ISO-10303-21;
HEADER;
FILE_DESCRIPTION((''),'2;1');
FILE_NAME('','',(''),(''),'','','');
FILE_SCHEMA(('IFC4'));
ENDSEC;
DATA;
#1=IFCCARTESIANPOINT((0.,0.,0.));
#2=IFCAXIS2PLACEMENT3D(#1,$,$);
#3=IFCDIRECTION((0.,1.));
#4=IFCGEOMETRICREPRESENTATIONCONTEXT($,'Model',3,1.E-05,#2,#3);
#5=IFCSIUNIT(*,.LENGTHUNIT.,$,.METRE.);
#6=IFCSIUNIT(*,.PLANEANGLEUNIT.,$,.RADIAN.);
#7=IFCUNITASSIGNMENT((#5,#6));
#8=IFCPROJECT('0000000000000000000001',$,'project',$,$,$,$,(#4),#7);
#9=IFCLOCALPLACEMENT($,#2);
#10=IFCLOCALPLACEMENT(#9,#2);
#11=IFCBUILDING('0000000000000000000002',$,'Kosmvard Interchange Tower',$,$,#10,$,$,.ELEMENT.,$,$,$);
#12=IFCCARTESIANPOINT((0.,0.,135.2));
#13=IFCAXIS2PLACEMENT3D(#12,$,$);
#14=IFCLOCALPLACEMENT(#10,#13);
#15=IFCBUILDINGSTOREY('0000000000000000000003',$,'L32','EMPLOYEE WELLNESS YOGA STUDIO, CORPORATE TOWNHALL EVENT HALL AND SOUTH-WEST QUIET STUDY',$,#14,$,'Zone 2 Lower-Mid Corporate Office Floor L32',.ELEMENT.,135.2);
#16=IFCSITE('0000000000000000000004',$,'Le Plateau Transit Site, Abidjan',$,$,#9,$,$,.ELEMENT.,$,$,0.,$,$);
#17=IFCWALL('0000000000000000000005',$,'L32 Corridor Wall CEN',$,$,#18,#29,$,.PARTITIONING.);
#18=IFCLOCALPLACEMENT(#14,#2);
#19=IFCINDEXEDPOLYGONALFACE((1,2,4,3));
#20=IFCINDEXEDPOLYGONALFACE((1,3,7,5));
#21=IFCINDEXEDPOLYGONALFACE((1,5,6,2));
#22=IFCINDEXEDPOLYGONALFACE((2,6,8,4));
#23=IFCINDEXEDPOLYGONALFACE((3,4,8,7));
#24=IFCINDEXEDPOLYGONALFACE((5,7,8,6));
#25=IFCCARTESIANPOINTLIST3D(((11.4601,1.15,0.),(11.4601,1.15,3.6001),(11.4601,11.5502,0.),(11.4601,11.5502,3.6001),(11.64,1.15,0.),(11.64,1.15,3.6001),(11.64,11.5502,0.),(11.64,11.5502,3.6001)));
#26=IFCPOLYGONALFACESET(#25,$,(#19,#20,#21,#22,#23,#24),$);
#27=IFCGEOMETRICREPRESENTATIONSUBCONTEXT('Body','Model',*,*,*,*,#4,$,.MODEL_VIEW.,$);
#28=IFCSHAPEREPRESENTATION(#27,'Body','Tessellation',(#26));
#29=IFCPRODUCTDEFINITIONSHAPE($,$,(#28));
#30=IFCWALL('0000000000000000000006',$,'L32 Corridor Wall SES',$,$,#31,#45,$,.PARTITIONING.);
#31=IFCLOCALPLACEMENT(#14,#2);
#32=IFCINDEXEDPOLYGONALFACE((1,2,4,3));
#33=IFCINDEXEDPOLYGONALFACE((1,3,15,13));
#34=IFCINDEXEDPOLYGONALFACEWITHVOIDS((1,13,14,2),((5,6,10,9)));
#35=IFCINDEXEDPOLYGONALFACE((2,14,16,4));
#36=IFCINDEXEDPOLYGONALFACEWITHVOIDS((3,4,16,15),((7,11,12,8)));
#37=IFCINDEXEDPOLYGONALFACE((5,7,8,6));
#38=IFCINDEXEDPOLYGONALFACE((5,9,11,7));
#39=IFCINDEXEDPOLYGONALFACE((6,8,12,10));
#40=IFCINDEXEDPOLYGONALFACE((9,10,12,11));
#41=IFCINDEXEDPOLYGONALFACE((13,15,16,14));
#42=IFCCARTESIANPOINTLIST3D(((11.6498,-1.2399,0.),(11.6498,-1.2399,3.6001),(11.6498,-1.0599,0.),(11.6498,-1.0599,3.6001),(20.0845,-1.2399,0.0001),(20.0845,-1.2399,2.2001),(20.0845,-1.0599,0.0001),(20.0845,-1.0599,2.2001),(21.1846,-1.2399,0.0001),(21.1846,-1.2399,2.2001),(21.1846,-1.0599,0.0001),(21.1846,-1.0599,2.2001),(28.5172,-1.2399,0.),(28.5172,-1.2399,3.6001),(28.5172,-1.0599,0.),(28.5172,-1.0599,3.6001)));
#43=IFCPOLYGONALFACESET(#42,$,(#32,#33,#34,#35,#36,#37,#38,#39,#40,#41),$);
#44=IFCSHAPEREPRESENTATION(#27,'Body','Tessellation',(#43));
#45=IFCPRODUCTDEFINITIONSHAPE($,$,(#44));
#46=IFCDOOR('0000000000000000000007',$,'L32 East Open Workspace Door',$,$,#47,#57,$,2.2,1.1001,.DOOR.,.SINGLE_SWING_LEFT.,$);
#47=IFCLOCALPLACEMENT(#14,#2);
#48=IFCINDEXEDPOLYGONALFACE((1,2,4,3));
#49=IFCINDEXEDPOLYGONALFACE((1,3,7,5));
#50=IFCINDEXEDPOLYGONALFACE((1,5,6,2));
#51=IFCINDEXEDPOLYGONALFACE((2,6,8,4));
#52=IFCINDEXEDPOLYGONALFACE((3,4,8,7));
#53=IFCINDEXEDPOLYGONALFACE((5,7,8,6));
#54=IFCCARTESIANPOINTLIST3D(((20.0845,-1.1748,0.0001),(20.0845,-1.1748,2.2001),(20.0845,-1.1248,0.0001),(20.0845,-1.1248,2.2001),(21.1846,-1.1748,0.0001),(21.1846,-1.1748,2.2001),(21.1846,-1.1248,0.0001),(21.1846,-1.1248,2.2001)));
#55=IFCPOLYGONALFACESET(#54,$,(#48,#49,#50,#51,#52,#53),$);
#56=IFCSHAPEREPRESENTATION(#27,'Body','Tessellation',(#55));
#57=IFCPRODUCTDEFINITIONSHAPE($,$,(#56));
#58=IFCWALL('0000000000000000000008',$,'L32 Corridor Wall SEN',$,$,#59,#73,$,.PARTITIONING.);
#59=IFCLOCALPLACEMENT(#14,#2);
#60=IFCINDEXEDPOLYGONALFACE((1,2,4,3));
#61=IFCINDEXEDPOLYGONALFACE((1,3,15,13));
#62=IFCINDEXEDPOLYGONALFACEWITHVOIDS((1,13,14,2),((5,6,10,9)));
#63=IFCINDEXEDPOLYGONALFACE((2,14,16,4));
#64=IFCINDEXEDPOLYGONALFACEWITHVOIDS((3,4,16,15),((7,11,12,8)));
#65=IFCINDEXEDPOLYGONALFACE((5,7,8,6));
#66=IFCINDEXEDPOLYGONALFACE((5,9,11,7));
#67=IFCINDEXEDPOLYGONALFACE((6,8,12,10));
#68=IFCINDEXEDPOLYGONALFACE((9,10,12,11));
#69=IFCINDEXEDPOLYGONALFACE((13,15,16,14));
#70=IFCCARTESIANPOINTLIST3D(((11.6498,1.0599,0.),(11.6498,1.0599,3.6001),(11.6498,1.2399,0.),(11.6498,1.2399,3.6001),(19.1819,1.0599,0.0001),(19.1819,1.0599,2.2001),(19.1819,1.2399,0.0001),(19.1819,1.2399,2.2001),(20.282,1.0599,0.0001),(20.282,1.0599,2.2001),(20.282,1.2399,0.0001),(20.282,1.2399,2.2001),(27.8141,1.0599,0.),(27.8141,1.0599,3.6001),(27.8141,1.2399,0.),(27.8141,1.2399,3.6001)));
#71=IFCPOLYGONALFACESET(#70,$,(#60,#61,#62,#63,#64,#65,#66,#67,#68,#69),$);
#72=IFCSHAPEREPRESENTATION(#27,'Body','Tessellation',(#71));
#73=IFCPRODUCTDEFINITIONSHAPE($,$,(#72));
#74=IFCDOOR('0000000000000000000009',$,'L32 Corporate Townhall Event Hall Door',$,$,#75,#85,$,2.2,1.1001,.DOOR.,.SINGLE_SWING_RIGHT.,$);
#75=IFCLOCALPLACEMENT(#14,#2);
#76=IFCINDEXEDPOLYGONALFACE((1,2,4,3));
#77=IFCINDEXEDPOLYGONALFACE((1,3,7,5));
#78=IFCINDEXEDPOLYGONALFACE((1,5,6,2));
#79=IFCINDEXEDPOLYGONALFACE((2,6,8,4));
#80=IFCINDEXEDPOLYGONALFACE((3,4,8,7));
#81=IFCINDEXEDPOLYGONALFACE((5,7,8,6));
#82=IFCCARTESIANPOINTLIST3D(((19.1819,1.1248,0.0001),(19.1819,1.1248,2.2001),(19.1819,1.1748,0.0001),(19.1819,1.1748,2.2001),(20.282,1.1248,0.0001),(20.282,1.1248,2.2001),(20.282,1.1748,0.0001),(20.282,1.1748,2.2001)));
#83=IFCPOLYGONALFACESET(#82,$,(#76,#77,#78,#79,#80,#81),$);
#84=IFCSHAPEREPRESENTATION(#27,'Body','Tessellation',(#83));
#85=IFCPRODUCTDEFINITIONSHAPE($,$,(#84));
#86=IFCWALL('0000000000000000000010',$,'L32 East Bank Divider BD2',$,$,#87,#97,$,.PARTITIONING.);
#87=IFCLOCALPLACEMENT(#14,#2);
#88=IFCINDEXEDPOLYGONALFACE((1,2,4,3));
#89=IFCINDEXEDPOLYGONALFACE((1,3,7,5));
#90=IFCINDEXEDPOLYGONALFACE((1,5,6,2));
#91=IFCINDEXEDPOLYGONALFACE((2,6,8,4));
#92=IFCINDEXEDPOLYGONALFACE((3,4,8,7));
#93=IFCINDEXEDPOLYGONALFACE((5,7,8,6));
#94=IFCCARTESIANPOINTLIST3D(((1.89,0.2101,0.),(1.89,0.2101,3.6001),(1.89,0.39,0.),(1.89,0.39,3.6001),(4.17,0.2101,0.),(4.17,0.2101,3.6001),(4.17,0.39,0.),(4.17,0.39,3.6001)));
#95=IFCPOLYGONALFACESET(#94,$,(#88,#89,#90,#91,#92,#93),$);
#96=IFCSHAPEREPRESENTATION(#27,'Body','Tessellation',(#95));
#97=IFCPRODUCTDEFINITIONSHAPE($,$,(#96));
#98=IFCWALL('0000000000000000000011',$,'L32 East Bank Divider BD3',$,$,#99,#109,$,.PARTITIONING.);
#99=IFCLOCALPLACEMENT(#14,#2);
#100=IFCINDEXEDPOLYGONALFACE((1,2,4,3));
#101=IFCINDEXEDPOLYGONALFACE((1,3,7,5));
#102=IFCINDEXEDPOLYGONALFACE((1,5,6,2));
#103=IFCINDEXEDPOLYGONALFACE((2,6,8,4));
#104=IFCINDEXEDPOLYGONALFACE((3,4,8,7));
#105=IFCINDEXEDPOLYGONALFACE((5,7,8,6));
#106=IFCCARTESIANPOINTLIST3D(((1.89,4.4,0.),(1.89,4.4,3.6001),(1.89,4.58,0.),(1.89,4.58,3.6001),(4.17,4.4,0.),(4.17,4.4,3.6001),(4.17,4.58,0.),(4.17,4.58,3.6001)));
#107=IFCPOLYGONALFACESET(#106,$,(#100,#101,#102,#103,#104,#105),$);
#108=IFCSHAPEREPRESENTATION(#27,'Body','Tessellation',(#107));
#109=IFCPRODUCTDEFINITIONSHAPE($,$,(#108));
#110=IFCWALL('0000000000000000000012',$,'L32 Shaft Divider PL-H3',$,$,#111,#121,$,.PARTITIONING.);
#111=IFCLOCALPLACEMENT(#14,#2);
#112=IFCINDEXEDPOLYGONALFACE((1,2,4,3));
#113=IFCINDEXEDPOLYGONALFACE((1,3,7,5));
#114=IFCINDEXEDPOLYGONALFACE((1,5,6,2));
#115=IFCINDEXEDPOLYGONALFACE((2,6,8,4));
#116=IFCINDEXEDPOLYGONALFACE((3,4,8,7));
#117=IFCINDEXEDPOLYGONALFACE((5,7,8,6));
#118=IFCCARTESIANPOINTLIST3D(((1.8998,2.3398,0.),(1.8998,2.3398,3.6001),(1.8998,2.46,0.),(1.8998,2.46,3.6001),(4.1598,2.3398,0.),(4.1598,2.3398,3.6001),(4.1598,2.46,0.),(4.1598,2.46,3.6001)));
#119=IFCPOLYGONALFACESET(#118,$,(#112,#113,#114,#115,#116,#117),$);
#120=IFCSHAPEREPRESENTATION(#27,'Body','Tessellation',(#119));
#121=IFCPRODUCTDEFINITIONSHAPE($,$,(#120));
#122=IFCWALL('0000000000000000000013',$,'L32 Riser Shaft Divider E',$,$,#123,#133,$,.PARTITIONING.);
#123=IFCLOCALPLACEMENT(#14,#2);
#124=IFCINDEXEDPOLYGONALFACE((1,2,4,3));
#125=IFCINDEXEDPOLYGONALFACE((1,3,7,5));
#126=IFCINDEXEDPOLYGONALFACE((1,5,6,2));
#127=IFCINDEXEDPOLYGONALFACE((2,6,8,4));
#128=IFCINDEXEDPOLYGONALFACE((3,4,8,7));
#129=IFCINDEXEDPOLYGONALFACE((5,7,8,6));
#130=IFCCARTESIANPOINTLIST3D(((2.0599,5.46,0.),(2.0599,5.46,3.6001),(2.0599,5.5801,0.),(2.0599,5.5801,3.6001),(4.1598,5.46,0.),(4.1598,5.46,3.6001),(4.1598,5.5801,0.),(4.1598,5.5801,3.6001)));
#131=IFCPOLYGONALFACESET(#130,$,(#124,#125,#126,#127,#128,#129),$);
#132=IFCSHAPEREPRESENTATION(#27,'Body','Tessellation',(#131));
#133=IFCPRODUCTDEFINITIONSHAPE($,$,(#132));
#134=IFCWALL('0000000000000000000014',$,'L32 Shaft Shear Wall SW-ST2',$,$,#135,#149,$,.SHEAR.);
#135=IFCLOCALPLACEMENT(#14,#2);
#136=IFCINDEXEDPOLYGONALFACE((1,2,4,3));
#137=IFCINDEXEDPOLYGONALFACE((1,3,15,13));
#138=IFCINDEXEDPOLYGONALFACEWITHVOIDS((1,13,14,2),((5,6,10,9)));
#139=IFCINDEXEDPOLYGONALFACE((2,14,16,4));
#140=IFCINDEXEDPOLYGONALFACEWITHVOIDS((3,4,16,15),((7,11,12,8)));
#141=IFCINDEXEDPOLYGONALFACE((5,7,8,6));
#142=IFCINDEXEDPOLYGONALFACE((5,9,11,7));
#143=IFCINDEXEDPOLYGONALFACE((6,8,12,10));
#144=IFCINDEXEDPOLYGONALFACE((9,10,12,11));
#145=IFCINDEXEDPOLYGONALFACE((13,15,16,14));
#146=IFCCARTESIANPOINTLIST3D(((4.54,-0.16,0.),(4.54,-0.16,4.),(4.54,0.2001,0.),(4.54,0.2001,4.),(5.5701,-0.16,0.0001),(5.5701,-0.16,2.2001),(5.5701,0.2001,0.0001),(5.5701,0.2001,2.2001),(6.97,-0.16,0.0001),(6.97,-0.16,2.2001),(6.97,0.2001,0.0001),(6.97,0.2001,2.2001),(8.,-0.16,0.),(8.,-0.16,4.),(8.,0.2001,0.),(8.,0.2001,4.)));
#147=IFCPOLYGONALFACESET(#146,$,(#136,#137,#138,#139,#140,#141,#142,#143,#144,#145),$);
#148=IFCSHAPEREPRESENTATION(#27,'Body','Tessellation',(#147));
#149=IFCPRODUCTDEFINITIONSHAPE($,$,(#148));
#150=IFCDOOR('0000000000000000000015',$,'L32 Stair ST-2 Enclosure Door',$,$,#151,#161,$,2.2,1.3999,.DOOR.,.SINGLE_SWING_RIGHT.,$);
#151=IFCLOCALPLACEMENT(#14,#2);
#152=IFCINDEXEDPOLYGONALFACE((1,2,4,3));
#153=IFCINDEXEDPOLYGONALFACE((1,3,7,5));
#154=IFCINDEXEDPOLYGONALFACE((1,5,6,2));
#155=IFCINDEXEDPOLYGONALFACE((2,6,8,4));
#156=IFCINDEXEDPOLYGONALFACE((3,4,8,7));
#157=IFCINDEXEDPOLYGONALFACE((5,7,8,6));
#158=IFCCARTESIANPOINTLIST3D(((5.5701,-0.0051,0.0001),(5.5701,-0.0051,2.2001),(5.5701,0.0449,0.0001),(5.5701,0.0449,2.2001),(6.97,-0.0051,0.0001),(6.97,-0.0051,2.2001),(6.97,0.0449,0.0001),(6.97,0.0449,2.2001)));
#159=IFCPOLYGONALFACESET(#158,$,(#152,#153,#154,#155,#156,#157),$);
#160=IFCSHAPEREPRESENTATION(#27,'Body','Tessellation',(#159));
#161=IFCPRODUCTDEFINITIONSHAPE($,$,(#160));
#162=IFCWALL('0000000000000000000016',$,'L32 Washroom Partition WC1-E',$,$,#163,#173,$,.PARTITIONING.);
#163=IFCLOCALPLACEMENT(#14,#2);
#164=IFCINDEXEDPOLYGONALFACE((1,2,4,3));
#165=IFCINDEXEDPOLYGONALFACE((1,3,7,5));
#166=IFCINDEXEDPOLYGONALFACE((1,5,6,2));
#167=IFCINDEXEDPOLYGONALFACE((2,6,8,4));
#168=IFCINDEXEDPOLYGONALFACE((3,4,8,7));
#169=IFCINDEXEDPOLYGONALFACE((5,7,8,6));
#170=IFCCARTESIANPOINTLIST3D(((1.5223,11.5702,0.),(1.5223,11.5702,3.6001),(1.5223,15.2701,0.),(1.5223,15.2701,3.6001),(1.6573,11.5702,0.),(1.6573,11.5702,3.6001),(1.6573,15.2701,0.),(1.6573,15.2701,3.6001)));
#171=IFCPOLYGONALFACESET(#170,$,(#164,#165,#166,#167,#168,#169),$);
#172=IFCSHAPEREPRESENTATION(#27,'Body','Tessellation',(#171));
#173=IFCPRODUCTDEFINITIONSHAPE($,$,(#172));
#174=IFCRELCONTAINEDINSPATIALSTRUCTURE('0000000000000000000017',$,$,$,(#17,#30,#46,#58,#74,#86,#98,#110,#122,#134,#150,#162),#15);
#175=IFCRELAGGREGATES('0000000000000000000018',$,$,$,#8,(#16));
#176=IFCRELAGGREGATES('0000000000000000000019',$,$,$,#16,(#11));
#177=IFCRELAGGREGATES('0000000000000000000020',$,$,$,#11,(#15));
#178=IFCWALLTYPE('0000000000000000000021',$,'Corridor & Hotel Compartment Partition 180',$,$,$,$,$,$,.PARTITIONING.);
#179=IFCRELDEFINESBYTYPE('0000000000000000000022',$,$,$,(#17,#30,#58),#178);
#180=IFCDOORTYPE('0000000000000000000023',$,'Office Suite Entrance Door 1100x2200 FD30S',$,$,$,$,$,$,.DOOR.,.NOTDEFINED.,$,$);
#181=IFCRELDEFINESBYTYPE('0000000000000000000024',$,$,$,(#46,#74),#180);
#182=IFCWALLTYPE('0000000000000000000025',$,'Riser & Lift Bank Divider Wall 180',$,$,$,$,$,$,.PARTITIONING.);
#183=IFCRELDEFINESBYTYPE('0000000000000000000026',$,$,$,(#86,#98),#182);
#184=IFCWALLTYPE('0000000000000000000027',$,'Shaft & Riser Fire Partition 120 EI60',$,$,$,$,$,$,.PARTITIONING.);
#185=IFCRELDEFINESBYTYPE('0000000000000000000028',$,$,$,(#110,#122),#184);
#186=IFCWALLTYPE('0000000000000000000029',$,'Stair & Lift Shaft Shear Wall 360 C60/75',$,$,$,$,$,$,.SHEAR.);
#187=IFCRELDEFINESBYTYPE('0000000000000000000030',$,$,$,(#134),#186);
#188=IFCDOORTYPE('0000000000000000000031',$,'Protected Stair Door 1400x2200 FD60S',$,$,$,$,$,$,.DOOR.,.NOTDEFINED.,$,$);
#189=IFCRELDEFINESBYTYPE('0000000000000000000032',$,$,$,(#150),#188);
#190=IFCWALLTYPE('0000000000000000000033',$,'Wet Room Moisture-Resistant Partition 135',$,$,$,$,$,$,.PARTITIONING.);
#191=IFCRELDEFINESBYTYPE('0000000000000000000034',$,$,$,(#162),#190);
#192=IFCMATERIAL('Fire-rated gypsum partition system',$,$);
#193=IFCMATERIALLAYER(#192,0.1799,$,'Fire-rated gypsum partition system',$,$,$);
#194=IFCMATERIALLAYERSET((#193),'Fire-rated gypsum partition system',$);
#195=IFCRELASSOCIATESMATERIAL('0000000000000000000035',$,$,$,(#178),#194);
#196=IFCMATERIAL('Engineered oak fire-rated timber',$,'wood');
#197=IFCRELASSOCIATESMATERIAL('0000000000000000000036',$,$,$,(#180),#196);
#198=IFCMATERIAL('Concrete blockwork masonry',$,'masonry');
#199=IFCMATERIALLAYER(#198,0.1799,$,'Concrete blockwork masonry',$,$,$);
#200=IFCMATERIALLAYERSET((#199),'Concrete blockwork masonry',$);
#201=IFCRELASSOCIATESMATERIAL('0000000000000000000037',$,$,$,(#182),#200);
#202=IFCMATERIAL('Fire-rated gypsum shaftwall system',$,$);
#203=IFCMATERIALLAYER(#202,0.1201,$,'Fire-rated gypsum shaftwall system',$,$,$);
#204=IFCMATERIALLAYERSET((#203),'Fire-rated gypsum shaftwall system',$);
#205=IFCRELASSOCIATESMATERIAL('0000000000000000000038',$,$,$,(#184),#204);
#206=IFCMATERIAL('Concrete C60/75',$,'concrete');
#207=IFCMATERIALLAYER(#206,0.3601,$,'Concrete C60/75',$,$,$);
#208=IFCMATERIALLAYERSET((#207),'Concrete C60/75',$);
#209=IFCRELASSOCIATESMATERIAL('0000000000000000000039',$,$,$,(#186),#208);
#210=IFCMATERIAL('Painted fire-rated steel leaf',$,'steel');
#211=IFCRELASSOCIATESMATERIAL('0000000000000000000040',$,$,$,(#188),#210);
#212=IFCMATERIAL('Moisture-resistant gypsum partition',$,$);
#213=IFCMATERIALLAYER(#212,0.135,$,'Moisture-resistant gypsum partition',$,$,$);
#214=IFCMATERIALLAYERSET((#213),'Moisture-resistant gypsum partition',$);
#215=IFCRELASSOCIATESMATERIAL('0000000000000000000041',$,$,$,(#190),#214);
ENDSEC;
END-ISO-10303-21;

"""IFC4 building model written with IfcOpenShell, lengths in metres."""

from ifc_helpers import new_model, si_unit, direction, frame, frame_2d, origin, place, context, subcontext, project, spatial, rectangle, extrude, source, transform, mapped, material, layer, layer_set, type_object, element, fill, save


model = new_model("IFC4")

# Units and contexts
model_context = context("Model", 3, precision=1e-05, world=origin(), true_north=direction((0.0, 1.0)))
body_context = subcontext(model_context, "Body", "Model", "MODEL_VIEW")
ifc_project = project(units=[si_unit("LENGTHUNIT", "METRE"), si_unit("PLANEANGLEUNIT", "RADIAN")], contexts=[model_context])

# Site, building, storey
site_placement = place(None, origin())
site = spatial("IfcSite", under=ifc_project, at=site_placement, Name="Le Plateau Transit Site, Abidjan", CompositionType="ELEMENT", RefElevation=0.0)
building_placement = place(site_placement, origin())
building = spatial("IfcBuilding", under=site, at=building_placement, Name="Kosmvard Interchange Tower", CompositionType="ELEMENT")
storey_placement = place(building_placement, frame((0.0, 0.0, 135.2)))
storey = spatial("IfcBuildingStorey", under=building, at=storey_placement, Name="L32", Description="EMPLOYEE WELLNESS YOGA STUDIO, CORPORATE TOWNHALL EVENT HALL AND SOUTH-WEST QUIET STUDY", LongName="Zone 2 Lower-Mid Corporate Office Floor L32", CompositionType="ELEMENT", Elevation=135.2)

# Shared definitions
ifc_material_1 = material(Name="Concrete C60/75", Category="concrete")

# Wall
ifc_material_2 = material(Name="Fire-rated gypsum partition system")
ifc_layer_1 = layer(ifc_material_2, 0.1799, Name="Fire-rated gypsum partition system")
ifc_layer_set_1 = layer_set([ifc_layer_1], Name="Fire-rated gypsum partition system")
wall_type_1 = type_object("IfcWallType", Name="Corridor & Hotel Compartment Partition 180", PredefinedType="PARTITIONING", material=ifc_layer_set_1)
wall_1_placement = place(storey_placement, frame((11.55, 1.1499, 0.0), z_axis=(0.0, 0.0, 1.0), x_axis=(0.0, 1.0, 0.0)))
element("IfcWall", 1, at=wall_1_placement, inside=storey, type_object=wall_type_1, Name="L32 Corridor Wall CEN", PredefinedType="PARTITIONING", context=body_context, shape_type="SweptSolid", body=[
    extrude(rectangle(XDim=10.4001, YDim=0.1799, at=frame_2d((5.2002, 0.0))), origin(), (0.0, 0.0, 1.0), 3.6001),
])

# Walls, openings, doors
wall_2_placement = place(storey_placement, frame((11.6499, -1.1499, 0.0), z_axis=(0.0, 0.0, 1.0), x_axis=(1.0, 0.0, 0.0)))
wall_2 = element("IfcWall", 2, at=wall_2_placement, inside=storey, type_object=wall_type_1, Name="L32 Corridor Wall SES", PredefinedType="PARTITIONING", context=body_context, shape_type="SweptSolid", body=[
    extrude(rectangle(XDim=16.8674, YDim=0.1799, at=frame_2d((8.4336, 0.0))), origin(), (0.0, 0.0, 1.0), 3.6001),
])
opening_1_placement = place(wall_2_placement, frame((8.4346, 0.0, 0.0)))
opening_1 = element("IfcOpeningElement", 3, at=opening_1_placement, cuts=wall_2, PredefinedType="OPENING", context=body_context, shape_type="SweptSolid", body=[
    extrude(rectangle(XDim=1.1001, YDim=2.2, at=frame_2d((0.55, 1.1001))), frame((0.0, 0.1001, 0.0), z_axis=(0.0, -1.0, 0.0), x_axis=(1.0, 0.0, 0.0)), (0.0, 0.0, 1.0), 0.2),
])
ifc_material_3 = material(Name="Engineered oak fire-rated timber", Category="wood")
door_type_1 = type_object("IfcDoorType", Name="Office Suite Entrance Door 1100x2200 FD30S", OperationType="NOTDEFINED", PredefinedType="DOOR", material=ifc_material_3)
shared_shape_1 = source(origin(), body_context, "Body", "SweptSolid", [
    extrude(rectangle(XDim=1.1001, YDim=2.2, at=frame_2d((0.55, 1.1001))), frame((0.0, 0.0249, 0.0), z_axis=(0.0, -1.0, 0.0), x_axis=(1.0, 0.0, 0.0)), (0.0, 0.0, 1.0), 0.05),
])
door_1_placement = place(opening_1_placement, frame((1.1001, 0.0, 0.0), z_axis=(0.0, 0.0, 1.0), x_axis=(-1.0, 0.0, 0.0)))
door_1 = element("IfcDoor", 4, at=door_1_placement, inside=storey, type_object=door_type_1, Name="L32 East Open Workspace Door", OperationType="SINGLE_SWING_LEFT", OverallHeight=2.2, OverallWidth=1.1001, PredefinedType="DOOR", context=body_context, shape_type="MappedRepresentation", body=[
    mapped(shared_shape_1, transform((0.0, 0.0, 0.0), scale=1.0)),
])
fill(opening_1, door_1)
wall_3_placement = place(storey_placement, frame((11.6499, 1.1499, 0.0), z_axis=(0.0, 0.0, 1.0), x_axis=(1.0, 0.0, 0.0)))
wall_3 = element("IfcWall", 5, at=wall_3_placement, inside=storey, type_object=wall_type_1, Name="L32 Corridor Wall SEN", PredefinedType="PARTITIONING", context=body_context, shape_type="SweptSolid", body=[
    extrude(rectangle(XDim=16.1643, YDim=0.1799, at=frame_2d((8.082, 0.0))), origin(), (0.0, 0.0, 1.0), 3.6001),
])
opening_2_placement = place(wall_3_placement, frame((7.532, 0.0, 0.0)))
opening_2 = element("IfcOpeningElement", 6, at=opening_2_placement, cuts=wall_3, PredefinedType="OPENING", context=body_context, shape_type="SweptSolid", body=[
    extrude(rectangle(XDim=1.1001, YDim=2.2, at=frame_2d((0.55, 1.1001))), frame((0.0, 0.1001, 0.0), z_axis=(0.0, -1.0, 0.0), x_axis=(1.0, 0.0, 0.0)), (0.0, 0.0, 1.0), 0.2),
])
door_2_placement = place(opening_2_placement, origin())
door_2 = element("IfcDoor", 7, at=door_2_placement, inside=storey, type_object=door_type_1, Name="L32 Corporate Townhall Event Hall Door", OperationType="SINGLE_SWING_RIGHT", OverallHeight=2.2, OverallWidth=1.1001, PredefinedType="DOOR", context=body_context, shape_type="MappedRepresentation", body=[
    mapped(shared_shape_1, transform((0.0, 0.0, 0.0), scale=1.0)),
])
fill(opening_2, door_2)

# Walls
ifc_material_4 = material(Name="Concrete blockwork masonry", Category="masonry")
ifc_layer_2 = layer(ifc_material_4, 0.1799, Name="Concrete blockwork masonry")
ifc_layer_set_2 = layer_set([ifc_layer_2], Name="Concrete blockwork masonry")
wall_type_2 = type_object("IfcWallType", Name="Riser & Lift Bank Divider Wall 180", PredefinedType="PARTITIONING", material=ifc_layer_set_2)
for number, where, z_axis, x_axis, name in (
    (8, (1.8899, 0.3, 0.0), (0.0, 0.0, 1.0), (1.0, 0.0, 0.0), "L32 East Bank Divider BD2"),
    (9, (1.8899, 4.49, 0.0), (0.0, 0.0, 1.0), (1.0, 0.0, 0.0), "L32 East Bank Divider BD3"),
):
    element("IfcWall", number, at=place(storey_placement, frame(where, z_axis=z_axis, x_axis=x_axis)), inside=storey, type_object=wall_type_2, Name=name, PredefinedType="PARTITIONING", context=body_context, shape_type="SweptSolid", body=[
        extrude(rectangle(XDim=2.28, YDim=0.1799, at=frame_2d((1.1401, 0.0))), origin(), (0.0, 0.0, 1.0), 3.6001),
    ])
ifc_material_5 = material(Name="Fire-rated gypsum shaftwall system")
ifc_layer_3 = layer(ifc_material_5, 0.1201, Name="Fire-rated gypsum shaftwall system")
ifc_layer_set_3 = layer_set([ifc_layer_3], Name="Fire-rated gypsum shaftwall system")
wall_type_3 = type_object("IfcWallType", Name="Shaft & Riser Fire Partition 120 EI60", PredefinedType="PARTITIONING", material=ifc_layer_set_3)
wall_4_placement = place(storey_placement, frame((1.8999, 2.3999, 0.0), z_axis=(0.0, 0.0, 1.0), x_axis=(1.0, 0.0, 0.0)))
element("IfcWall", 10, at=wall_4_placement, inside=storey, type_object=wall_type_3, Name="L32 Shaft Divider PL-H3", PredefinedType="PARTITIONING", context=body_context, shape_type="SweptSolid", body=[
    extrude(rectangle(XDim=2.26, YDim=0.1201, at=frame_2d((1.1299, 0.0))), origin(), (0.0, 0.0, 1.0), 3.6001),
])
wall_5_placement = place(storey_placement, frame((2.0601, 5.52, 0.0), z_axis=(0.0, 0.0, 1.0), x_axis=(1.0, 0.0, 0.0)))
element("IfcWall", 11, at=wall_5_placement, inside=storey, type_object=wall_type_3, Name="L32 Riser Shaft Divider E", PredefinedType="PARTITIONING", context=body_context, shape_type="SweptSolid", body=[
    extrude(rectangle(XDim=2.0999, YDim=0.1201, at=frame_2d((1.0498, 0.0))), origin(), (0.0, 0.0, 1.0), 3.6001),
])

# Wall, opening, door
ifc_layer_4 = layer(ifc_material_1, 0.3601, Name="Concrete C60/75")
ifc_layer_set_4 = layer_set([ifc_layer_4], Name="Concrete C60/75")
wall_type_4 = type_object("IfcWallType", Name="Stair & Lift Shaft Shear Wall 360 C60/75", PredefinedType="SHEAR", material=ifc_layer_set_4)
wall_6_placement = place(storey_placement, frame((4.54, 0.02, 0.0), z_axis=(0.0, 0.0, 1.0), x_axis=(1.0, 0.0, 0.0)))
wall_6 = element("IfcWall", 12, at=wall_6_placement, inside=storey, type_object=wall_type_4, Name="L32 Shaft Shear Wall SW-ST2", PredefinedType="SHEAR", context=body_context, shape_type="SweptSolid", body=[
    extrude(rectangle(XDim=3.46, YDim=0.3601, at=frame_2d((1.73, 0.0))), origin(), (0.0, 0.0, 1.0), 4.0),
])
opening_3_placement = place(wall_6_placement, frame((1.03, 0.0, 0.0)))
opening_3 = element("IfcOpeningElement", 13, at=opening_3_placement, cuts=wall_6, PredefinedType="OPENING", context=body_context, shape_type="SweptSolid", body=[
    extrude(rectangle(XDim=1.3999, YDim=2.2, at=frame_2d((0.7, 1.1001))), frame((0.0, 0.1899, 0.0), z_axis=(0.0, -1.0, 0.0), x_axis=(1.0, 0.0, 0.0)), (0.0, 0.0, 1.0), 0.3801),
])
ifc_material_6 = material(Name="Painted fire-rated steel leaf", Category="steel")
door_type_2 = type_object("IfcDoorType", Name="Protected Stair Door 1400x2200 FD60S", OperationType="NOTDEFINED", PredefinedType="DOOR", material=ifc_material_6)
shared_shape_2 = source(origin(), body_context, "Body", "SweptSolid", [
    extrude(rectangle(XDim=1.3999, YDim=2.2, at=frame_2d((0.7, 1.1001))), frame((0.0, 0.0249, 0.0), z_axis=(0.0, -1.0, 0.0), x_axis=(1.0, 0.0, 0.0)), (0.0, 0.0, 1.0), 0.05),
])
door_3_placement = place(opening_3_placement, origin())
door_3 = element("IfcDoor", 14, at=door_3_placement, inside=storey, type_object=door_type_2, Name="L32 Stair ST-2 Enclosure Door", OperationType="SINGLE_SWING_RIGHT", OverallHeight=2.2, OverallWidth=1.3999, PredefinedType="DOOR", context=body_context, shape_type="MappedRepresentation", body=[
    mapped(shared_shape_2, transform((0.0, 0.0, 0.0), scale=1.0)),
])
fill(opening_3, door_3)

# Wall
ifc_material_7 = material(Name="Moisture-resistant gypsum partition")
ifc_layer_5 = layer(ifc_material_7, 0.135, Name="Moisture-resistant gypsum partition")
ifc_layer_set_5 = layer_set([ifc_layer_5], Name="Moisture-resistant gypsum partition")
wall_type_5 = type_object("IfcWallType", Name="Wet Room Moisture-Resistant Partition 135", PredefinedType="PARTITIONING", material=ifc_layer_set_5)
wall_7_placement = place(storey_placement, frame((1.5898, 11.5701, 0.0), z_axis=(0.0, 0.0, 1.0), x_axis=(0.0, 1.0, 0.0)))
element("IfcWall", 15, at=wall_7_placement, inside=storey, type_object=wall_type_5, Name="L32 Washroom Partition WC1-E", PredefinedType="PARTITIONING", context=body_context, shape_type="SweptSolid", body=[
    extrude(rectangle(XDim=3.7, YDim=0.135, at=frame_2d((1.8501, 0.0))), origin(), (0.0, 0.0, 1.0), 3.6001),
])

save(model, "model.ifc")
